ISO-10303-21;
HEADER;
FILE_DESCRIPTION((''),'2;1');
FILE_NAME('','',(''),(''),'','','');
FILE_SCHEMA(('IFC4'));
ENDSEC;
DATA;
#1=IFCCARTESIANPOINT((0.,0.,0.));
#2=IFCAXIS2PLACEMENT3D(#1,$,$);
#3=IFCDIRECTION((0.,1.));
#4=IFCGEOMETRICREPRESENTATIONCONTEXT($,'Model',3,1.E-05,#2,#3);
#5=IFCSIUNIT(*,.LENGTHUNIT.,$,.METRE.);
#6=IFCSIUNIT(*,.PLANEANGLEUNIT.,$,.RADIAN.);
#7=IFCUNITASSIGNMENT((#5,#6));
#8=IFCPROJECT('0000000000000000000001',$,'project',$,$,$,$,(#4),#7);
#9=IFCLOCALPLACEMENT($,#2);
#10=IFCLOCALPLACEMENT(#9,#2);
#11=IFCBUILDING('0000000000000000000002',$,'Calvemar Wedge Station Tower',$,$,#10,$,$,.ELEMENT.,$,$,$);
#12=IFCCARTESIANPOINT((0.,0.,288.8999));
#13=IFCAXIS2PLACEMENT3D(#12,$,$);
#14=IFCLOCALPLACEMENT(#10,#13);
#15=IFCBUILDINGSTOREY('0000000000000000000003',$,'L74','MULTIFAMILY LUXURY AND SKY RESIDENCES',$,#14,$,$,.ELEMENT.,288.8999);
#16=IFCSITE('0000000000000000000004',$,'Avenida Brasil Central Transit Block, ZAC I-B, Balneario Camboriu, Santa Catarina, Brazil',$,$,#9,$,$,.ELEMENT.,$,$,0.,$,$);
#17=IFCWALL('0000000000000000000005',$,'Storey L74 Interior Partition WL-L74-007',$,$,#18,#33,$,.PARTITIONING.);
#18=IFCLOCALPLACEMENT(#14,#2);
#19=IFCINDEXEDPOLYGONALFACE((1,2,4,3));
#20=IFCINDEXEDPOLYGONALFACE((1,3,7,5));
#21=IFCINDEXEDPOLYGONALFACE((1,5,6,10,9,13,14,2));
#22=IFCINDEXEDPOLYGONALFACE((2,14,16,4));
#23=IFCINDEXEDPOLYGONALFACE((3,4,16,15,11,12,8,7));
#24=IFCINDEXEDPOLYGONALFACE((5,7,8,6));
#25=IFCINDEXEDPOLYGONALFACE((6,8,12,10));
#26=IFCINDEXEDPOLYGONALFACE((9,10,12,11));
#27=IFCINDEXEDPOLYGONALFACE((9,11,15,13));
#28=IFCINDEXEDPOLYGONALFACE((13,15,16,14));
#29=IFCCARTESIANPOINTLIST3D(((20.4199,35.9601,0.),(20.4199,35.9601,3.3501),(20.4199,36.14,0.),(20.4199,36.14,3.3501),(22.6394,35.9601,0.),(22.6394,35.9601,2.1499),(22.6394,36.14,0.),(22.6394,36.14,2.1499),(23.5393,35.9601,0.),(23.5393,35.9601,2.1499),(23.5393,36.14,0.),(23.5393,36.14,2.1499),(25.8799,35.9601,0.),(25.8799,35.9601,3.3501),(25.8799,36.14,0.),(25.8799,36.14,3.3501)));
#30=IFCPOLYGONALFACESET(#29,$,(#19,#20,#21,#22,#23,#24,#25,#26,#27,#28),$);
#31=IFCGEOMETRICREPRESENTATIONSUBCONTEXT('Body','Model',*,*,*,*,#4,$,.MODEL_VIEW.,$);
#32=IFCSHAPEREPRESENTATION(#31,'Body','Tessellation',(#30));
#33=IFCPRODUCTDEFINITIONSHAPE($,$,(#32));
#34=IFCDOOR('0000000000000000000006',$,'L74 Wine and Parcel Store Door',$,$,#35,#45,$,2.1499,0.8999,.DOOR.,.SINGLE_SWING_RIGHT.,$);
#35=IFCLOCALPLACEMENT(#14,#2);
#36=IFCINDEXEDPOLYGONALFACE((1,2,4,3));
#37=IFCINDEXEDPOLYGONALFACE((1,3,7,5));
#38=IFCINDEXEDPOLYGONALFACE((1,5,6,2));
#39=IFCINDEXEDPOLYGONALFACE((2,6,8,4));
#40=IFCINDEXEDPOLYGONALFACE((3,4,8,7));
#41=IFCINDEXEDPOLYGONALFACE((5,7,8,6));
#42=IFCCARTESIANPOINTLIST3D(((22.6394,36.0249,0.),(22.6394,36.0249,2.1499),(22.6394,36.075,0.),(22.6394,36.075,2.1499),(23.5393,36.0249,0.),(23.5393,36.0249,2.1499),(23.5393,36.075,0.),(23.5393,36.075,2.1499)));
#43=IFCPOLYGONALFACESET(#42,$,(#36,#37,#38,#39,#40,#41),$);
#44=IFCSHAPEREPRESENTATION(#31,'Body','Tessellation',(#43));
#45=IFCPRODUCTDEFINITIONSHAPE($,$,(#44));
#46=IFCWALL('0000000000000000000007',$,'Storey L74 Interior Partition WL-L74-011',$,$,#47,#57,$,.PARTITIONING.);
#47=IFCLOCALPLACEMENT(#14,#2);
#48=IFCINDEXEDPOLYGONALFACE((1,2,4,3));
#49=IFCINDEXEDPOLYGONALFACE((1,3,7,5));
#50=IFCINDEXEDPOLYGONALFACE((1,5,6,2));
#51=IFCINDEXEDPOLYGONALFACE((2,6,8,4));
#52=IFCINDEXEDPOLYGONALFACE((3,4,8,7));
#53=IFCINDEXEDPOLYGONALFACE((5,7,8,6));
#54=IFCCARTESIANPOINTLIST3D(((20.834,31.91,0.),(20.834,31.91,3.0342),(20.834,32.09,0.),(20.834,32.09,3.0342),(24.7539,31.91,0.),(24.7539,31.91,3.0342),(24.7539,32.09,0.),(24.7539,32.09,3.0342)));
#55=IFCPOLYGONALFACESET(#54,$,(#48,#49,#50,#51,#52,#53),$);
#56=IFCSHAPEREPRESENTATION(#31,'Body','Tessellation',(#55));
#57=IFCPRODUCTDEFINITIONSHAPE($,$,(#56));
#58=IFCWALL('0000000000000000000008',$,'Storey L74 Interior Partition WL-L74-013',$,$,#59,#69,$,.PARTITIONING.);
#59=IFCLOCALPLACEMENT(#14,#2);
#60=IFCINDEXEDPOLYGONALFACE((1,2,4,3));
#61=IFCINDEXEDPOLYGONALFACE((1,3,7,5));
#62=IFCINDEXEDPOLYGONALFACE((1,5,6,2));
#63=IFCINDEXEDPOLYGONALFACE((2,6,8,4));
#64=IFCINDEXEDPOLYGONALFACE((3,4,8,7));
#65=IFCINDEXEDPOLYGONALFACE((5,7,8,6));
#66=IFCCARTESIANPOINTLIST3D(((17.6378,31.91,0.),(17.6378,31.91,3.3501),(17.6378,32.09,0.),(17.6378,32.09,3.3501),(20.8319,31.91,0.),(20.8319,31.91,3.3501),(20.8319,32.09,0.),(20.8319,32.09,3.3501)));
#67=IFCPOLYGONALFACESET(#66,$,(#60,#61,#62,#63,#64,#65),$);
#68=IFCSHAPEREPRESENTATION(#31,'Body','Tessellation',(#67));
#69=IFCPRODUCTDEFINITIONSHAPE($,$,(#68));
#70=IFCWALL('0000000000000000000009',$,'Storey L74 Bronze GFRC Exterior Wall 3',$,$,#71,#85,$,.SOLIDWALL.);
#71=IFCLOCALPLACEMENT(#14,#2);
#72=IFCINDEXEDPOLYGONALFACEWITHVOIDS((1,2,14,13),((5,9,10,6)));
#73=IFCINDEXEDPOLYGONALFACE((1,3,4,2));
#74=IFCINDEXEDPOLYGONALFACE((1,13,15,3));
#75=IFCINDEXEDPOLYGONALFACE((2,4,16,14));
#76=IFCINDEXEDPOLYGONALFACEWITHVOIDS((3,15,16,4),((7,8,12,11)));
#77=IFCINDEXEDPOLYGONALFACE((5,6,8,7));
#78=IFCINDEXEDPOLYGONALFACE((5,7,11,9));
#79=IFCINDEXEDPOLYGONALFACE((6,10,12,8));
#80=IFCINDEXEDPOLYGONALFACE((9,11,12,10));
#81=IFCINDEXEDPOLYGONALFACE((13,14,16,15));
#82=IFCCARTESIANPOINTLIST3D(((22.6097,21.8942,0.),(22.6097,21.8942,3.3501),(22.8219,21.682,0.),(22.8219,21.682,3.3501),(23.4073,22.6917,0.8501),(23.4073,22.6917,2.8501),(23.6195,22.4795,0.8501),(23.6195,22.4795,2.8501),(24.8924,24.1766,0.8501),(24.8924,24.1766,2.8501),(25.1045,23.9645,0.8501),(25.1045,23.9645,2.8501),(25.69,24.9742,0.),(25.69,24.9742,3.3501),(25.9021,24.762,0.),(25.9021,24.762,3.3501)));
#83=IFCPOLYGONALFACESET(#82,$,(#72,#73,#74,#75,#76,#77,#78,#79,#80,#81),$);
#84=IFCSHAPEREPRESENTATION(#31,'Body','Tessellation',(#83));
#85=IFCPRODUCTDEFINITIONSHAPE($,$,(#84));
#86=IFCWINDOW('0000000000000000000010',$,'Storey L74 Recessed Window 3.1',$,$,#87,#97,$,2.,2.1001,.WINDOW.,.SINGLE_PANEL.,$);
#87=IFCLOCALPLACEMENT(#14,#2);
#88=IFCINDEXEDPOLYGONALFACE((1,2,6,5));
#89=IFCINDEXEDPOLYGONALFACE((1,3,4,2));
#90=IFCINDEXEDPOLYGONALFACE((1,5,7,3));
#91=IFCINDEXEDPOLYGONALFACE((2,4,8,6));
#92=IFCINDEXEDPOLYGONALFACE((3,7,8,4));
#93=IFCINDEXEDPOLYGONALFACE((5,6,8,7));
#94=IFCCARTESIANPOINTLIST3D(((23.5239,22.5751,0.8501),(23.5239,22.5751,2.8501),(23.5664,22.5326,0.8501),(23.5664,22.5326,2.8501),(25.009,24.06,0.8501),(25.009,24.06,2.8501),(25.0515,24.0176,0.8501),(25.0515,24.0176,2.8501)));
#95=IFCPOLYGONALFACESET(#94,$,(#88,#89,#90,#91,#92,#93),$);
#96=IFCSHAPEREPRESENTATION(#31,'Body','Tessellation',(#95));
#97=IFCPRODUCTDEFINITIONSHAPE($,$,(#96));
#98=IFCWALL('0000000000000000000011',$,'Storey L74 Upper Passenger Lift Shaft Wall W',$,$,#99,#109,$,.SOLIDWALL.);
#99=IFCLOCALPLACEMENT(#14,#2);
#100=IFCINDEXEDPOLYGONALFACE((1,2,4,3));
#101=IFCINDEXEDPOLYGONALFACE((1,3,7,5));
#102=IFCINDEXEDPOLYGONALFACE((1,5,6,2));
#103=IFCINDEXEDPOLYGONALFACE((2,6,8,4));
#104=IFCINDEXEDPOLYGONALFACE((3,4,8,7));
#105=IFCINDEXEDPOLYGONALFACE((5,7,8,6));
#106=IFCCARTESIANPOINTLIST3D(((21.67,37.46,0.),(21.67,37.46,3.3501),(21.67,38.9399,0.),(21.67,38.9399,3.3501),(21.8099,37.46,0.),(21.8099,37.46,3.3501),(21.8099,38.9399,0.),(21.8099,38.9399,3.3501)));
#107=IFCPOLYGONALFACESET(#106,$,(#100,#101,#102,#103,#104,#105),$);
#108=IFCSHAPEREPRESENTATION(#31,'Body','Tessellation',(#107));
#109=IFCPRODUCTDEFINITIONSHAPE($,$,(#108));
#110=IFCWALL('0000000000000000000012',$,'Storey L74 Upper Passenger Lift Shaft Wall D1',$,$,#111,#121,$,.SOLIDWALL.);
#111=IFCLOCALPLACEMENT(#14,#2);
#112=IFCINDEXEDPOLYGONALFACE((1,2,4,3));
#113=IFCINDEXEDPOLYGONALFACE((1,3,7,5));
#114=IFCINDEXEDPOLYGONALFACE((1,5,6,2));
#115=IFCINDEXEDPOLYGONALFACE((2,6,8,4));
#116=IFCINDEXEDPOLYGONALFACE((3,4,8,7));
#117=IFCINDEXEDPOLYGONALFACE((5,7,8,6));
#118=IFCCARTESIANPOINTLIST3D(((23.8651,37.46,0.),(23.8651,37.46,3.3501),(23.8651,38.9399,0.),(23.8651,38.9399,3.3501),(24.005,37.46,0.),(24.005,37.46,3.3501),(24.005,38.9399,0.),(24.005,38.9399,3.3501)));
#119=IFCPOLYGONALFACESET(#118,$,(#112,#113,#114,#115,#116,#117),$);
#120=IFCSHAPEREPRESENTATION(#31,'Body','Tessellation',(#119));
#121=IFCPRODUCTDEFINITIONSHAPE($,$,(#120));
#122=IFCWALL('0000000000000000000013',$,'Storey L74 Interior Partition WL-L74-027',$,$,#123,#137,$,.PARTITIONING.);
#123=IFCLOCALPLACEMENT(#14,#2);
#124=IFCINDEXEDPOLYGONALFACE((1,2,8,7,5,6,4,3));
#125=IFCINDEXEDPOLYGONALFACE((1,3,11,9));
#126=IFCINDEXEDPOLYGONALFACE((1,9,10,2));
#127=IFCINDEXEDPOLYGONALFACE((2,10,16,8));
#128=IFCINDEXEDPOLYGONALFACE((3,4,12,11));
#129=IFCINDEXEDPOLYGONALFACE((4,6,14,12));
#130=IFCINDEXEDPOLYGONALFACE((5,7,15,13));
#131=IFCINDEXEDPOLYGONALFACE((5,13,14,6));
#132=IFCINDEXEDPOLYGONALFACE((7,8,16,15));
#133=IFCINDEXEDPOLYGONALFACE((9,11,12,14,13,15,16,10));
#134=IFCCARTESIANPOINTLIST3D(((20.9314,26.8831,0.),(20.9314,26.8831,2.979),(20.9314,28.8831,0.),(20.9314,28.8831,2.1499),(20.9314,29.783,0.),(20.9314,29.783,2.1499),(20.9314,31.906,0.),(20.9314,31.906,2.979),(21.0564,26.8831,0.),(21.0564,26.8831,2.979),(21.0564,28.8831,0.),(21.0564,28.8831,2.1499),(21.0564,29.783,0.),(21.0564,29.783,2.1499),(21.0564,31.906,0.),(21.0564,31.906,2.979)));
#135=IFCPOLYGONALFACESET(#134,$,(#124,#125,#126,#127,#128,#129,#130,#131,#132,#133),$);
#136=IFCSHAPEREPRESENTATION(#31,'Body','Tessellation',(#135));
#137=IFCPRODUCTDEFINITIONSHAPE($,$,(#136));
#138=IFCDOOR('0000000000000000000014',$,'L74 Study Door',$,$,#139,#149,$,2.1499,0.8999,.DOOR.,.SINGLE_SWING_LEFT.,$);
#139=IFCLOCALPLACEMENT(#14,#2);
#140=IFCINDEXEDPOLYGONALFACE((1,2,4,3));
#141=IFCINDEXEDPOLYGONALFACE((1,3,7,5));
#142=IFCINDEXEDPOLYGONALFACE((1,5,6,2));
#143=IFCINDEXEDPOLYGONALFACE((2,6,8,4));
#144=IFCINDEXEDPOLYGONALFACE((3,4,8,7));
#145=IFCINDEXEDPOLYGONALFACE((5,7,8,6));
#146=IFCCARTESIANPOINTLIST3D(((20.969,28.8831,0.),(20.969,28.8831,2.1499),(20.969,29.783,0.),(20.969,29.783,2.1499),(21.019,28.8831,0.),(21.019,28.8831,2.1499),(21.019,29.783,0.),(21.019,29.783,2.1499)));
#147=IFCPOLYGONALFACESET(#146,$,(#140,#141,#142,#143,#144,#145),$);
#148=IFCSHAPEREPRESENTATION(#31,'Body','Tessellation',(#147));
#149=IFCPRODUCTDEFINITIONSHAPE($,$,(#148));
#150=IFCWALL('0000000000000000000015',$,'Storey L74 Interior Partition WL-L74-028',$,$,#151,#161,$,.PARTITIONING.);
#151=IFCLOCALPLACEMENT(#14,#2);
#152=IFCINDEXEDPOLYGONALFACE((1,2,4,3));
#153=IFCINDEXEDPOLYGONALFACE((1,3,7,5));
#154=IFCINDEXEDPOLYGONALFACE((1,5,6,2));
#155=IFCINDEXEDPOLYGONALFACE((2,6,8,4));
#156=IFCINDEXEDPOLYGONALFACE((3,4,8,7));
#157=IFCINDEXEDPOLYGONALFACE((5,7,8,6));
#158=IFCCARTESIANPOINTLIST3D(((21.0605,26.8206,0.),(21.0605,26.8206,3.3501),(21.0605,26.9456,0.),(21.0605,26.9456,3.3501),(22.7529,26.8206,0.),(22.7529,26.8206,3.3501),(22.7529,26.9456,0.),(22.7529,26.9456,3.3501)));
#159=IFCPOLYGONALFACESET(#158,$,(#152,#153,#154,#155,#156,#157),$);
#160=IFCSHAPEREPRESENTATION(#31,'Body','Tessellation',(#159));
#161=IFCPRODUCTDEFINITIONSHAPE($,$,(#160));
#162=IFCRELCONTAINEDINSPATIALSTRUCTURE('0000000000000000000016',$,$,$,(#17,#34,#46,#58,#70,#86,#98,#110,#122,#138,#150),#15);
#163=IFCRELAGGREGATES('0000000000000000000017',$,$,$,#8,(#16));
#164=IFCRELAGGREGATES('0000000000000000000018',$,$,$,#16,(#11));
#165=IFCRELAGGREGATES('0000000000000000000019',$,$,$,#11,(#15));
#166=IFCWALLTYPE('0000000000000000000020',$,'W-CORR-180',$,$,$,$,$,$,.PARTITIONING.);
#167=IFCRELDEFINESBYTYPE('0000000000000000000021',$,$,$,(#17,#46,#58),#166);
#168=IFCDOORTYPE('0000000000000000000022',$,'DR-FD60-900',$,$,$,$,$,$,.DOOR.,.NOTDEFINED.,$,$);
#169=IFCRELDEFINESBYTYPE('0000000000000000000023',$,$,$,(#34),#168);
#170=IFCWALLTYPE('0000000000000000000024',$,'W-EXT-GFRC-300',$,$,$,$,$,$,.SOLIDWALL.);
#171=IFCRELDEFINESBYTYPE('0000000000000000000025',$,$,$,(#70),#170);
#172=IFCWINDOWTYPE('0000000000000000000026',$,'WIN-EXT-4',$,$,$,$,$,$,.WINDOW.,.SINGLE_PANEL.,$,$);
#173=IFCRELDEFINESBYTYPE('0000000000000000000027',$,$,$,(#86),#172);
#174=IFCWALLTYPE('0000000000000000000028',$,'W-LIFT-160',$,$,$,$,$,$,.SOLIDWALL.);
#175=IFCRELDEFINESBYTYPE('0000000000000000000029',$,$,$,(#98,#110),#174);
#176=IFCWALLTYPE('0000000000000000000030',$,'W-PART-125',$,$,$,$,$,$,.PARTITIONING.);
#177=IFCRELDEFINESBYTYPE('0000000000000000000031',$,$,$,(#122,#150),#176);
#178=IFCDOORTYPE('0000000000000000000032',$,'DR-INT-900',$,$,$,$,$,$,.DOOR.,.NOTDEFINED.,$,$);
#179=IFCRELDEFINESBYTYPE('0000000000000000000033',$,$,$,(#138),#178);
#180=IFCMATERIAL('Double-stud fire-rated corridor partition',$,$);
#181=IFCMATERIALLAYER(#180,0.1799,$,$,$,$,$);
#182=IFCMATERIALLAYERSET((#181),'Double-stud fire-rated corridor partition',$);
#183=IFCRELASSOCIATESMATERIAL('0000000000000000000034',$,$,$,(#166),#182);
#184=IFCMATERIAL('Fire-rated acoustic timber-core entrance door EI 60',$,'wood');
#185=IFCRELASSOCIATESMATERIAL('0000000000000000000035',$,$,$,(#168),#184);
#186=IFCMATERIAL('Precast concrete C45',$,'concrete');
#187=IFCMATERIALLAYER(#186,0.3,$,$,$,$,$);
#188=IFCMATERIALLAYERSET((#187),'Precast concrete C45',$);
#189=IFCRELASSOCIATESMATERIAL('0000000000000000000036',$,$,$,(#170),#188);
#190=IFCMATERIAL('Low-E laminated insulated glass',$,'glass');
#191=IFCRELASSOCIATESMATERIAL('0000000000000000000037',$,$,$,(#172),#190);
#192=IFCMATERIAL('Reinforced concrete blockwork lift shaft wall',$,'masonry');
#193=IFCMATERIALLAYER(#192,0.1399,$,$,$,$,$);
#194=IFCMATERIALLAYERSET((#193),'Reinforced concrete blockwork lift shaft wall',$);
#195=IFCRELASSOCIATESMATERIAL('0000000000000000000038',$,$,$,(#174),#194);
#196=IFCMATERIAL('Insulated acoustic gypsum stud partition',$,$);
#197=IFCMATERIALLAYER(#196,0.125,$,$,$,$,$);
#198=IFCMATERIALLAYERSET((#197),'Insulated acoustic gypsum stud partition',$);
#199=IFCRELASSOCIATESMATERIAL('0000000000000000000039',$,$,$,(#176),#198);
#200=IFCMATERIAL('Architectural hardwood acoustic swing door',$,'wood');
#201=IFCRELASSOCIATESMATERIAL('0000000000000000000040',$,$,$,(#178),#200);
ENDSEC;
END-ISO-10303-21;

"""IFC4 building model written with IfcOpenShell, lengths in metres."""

from ifc_helpers import new_model, si_unit, direction, frame, frame_2d, origin, place, context, subcontext, project, spatial, rectangle, extrude, source, transform, mapped, material, layer, layer_set, type_object, element, fill, save


model = new_model("IFC4")

# Units and contexts
model_context = context("Model", 3, precision=1e-05, world=origin(), true_north=direction((0.0, 1.0)))
body_context = subcontext(model_context, "Body", "Model", "MODEL_VIEW")
ifc_project = project(units=[si_unit("LENGTHUNIT", "METRE"), si_unit("PLANEANGLEUNIT", "RADIAN")], contexts=[model_context])

# Site, building, storey
site_placement = place(None, origin())
site = spatial("IfcSite", under=ifc_project, at=site_placement, Name="Avenida Brasil Central Transit Block, ZAC I-B, Balneario Camboriu, Santa Catarina, Brazil", CompositionType="ELEMENT", RefElevation=0.0)
building_placement = place(site_placement, origin())
building = spatial("IfcBuilding", under=site, at=building_placement, Name="Calvemar Wedge Station Tower", CompositionType="ELEMENT")
storey_placement = place(building_placement, frame((0.0, 0.0, 288.8999)))
storey = spatial("IfcBuildingStorey", under=building, at=storey_placement, Name="L74", Description="MULTIFAMILY LUXURY AND SKY RESIDENCES", CompositionType="ELEMENT", Elevation=288.8999)

# Shared definitions
ifc_material_1 = material(Name="Double-stud fire-rated corridor partition")
ifc_layer_1 = layer(ifc_material_1, 0.1799)
ifc_layer_set_1 = layer_set([ifc_layer_1], Name="Double-stud fire-rated corridor partition")
wall_type_1 = type_object("IfcWallType", Name="W-CORR-180", PredefinedType="PARTITIONING", material=ifc_layer_set_1)

# Wall, opening, door
wall_1_placement = place(storey_placement, frame((20.4199, 36.05, 0.0), z_axis=(0.0, 0.0, 1.0), x_axis=(1.0, 0.0, 0.0)))
wall_1 = element("IfcWall", 1, at=wall_1_placement, inside=storey, type_object=wall_type_1, Name="Storey L74 Interior Partition WL-L74-007", PredefinedType="PARTITIONING", context=body_context, shape_type="SweptSolid", body=[
    extrude(rectangle(XDim=5.46, YDim=0.1799, at=frame_2d((2.73, 0.0))), origin(), (0.0, 0.0, 1.0), 3.3501),
])
shared_shape_1 = source(origin(), body_context, "Body", "SweptSolid", [
    extrude(rectangle(XDim=0.8999, YDim=2.1499, at=frame_2d((0.45, 1.075))), frame((0.0, 0.1001, 0.0), z_axis=(0.0, -1.0, 0.0), x_axis=(1.0, 0.0, 0.0)), (0.0, 0.0, 1.0), 0.2),
])
opening_1_placement = place(wall_1_placement, frame((2.2195, 0.0, 0.0)))
opening_1 = element("IfcOpeningElement", 2, at=opening_1_placement, cuts=wall_1, PredefinedType="OPENING", context=body_context, shape_type="MappedRepresentation", body=[
    mapped(shared_shape_1, transform((0.0, 0.0, 0.0), scale=1.0)),
])
ifc_material_2 = material(Name="Fire-rated acoustic timber-core entrance door EI 60", Category="wood")
door_type_1 = type_object("IfcDoorType", Name="DR-FD60-900", OperationType="NOTDEFINED", PredefinedType="DOOR", material=ifc_material_2)
shared_shape_2 = source(origin(), body_context, "Body", "SweptSolid", [
    extrude(rectangle(XDim=0.8999, YDim=2.1499, at=frame_2d((0.45, 1.075))), frame((0.0, 0.0249, 0.0), z_axis=(0.0, -1.0, 0.0), x_axis=(1.0, 0.0, 0.0)), (0.0, 0.0, 1.0), 0.05),
])
door_1_placement = place(opening_1_placement, origin())
door_1 = element("IfcDoor", 3, at=door_1_placement, inside=storey, type_object=door_type_1, Name="L74 Wine and Parcel Store Door", OperationType="SINGLE_SWING_RIGHT", OverallHeight=2.1499, OverallWidth=0.8999, PredefinedType="DOOR", context=body_context, shape_type="MappedRepresentation", body=[
    mapped(shared_shape_2, transform((0.0, 0.0, 0.0), scale=1.0)),
])
fill(opening_1, door_1)

# Walls
wall_2_placement = place(storey_placement, frame((24.7539, 32.0, 0.0), z_axis=(0.0, 0.0, 1.0), x_axis=(-1.0, 0.0, 0.0)))
element("IfcWall", 4, at=wall_2_placement, inside=storey, type_object=wall_type_1, Name="Storey L74 Interior Partition WL-L74-011", PredefinedType="PARTITIONING", context=body_context, shape_type="SweptSolid", body=[
    extrude(rectangle(XDim=3.9199, YDim=0.1799, at=frame_2d((1.96, 0.0))), origin(), (0.0, 0.0, 1.0), 3.0342),
])
wall_3_placement = place(storey_placement, frame((20.832, 32.0, 0.0), z_axis=(0.0, 0.0, 1.0), x_axis=(-1.0, 0.0, 0.0)))
element("IfcWall", 5, at=wall_3_placement, inside=storey, type_object=wall_type_1, Name="Storey L74 Interior Partition WL-L74-013", PredefinedType="PARTITIONING", context=body_context, shape_type="SweptSolid", body=[
    extrude(rectangle(XDim=3.1941, YDim=0.1799, at=frame_2d((1.5972, 0.0))), origin(), (0.0, 0.0, 1.0), 3.3501),
])

# Wall, opening, window
ifc_material_3 = material(Name="Precast concrete C45", Category="concrete")
ifc_layer_2 = layer(ifc_material_3, 0.3)
ifc_layer_set_2 = layer_set([ifc_layer_2], Name="Precast concrete C45")
wall_type_2 = type_object("IfcWallType", Name="W-EXT-GFRC-300", PredefinedType="SOLIDWALL", material=ifc_layer_set_2)
wall_4_placement = place(storey_placement, frame((22.7158, 21.7881, 0.0), z_axis=(0.0, 0.0, 1.0), x_axis=(0.707135, 0.707079, 0.0)))
wall_4 = element("IfcWall", 6, at=wall_4_placement, inside=storey, type_object=wall_type_2, Name="Storey L74 Bronze GFRC Exterior Wall 3", PredefinedType="SOLIDWALL", context=body_context, shape_type="SweptSolid", body=[
    extrude(rectangle(XDim=4.356, YDim=0.3, at=frame_2d((2.178, 0.0))), origin(), (0.0, 0.0, 1.0), 3.3501),
])
shared_shape_3 = source(origin(), body_context, "Body", "SweptSolid", [
    extrude(rectangle(XDim=2.1001, YDim=2.0, at=frame_2d((1.05, 1.0))), frame((0.0, 0.1602, 0.0), z_axis=(0.0, -1.0, 0.0), x_axis=(1.0, 0.0, 0.0)), (0.0, 0.0, 1.0), 0.3201),
])
opening_2_placement = place(wall_4_placement, frame((1.1279, 0.0, 0.8501)))
opening_2 = element("IfcOpeningElement", 7, at=opening_2_placement, cuts=wall_4, PredefinedType="OPENING", context=body_context, shape_type="MappedRepresentation", body=[
    mapped(shared_shape_3, transform((0.0, 0.0, 0.0), scale=1.0)),
])
ifc_material_4 = material(Name="Low-E laminated insulated glass", Category="glass")
window_type = type_object("IfcWindowType", Name="WIN-EXT-4", PartitioningType="SINGLE_PANEL", PredefinedType="WINDOW", material=ifc_material_4)
shared_shape_4 = source(origin(), body_context, "Body", "SweptSolid", [
    extrude(rectangle(XDim=2.1001, YDim=2.0, at=frame_2d((1.05, 1.0))), frame((0.0, -0.0149, 0.0), z_axis=(0.0, -1.0, 0.0), x_axis=(1.0, 0.0, 0.0)), (0.0, 0.0, 1.0), 0.0601),
])
window_placement = place(opening_2_placement, origin())
window = element("IfcWindow", 8, at=window_placement, inside=storey, type_object=window_type, Name="Storey L74 Recessed Window 3.1", OverallHeight=2.0, OverallWidth=2.1001, PartitioningType="SINGLE_PANEL", PredefinedType="WINDOW", context=body_context, shape_type="MappedRepresentation", body=[
    mapped(shared_shape_4, transform((0.0, 0.0, 0.0), scale=1.0)),
])
fill(opening_2, window)

# Shared definitions
ifc_material_5 = material(Name="Reinforced concrete blockwork lift shaft wall", Category="masonry")
ifc_layer_3 = layer(ifc_material_5, 0.1399)
ifc_layer_set_3 = layer_set([ifc_layer_3], Name="Reinforced concrete blockwork lift shaft wall")
wall_type_3 = type_object("IfcWallType", Name="W-LIFT-160", PredefinedType="SOLIDWALL", material=ifc_layer_set_3)

# Walls
for number, where, z_axis, x_axis, name in (
    (9, (21.74, 37.46, 0.0), (0.0, 0.0, 1.0), (0.0, 1.0, 0.0), "Storey L74 Upper Passenger Lift Shaft Wall W"),
    (10, (23.9351, 37.46, 0.0), (0.0, 0.0, 1.0), (0.0, 1.0, 0.0), "Storey L74 Upper Passenger Lift Shaft Wall D1"),
):
    element("IfcWall", number, at=place(storey_placement, frame(where, z_axis=z_axis, x_axis=x_axis)), inside=storey, type_object=wall_type_3, Name=name, PredefinedType="SOLIDWALL", context=body_context, shape_type="SweptSolid", body=[
        extrude(rectangle(XDim=1.48, YDim=0.1399, at=frame_2d((0.74, 0.0))), origin(), (0.0, 0.0, 1.0), 3.3501),
    ])

# Wall, opening, door
ifc_material_6 = material(Name="Insulated acoustic gypsum stud partition")
ifc_layer_4 = layer(ifc_material_6, 0.125)
ifc_layer_set_4 = layer_set([ifc_layer_4], Name="Insulated acoustic gypsum stud partition")
wall_type_4 = type_object("IfcWallType", Name="W-PART-125", PredefinedType="PARTITIONING", material=ifc_layer_set_4)
wall_5_placement = place(storey_placement, frame((20.9939, 26.8831, 0.0), z_axis=(0.0, 0.0, 1.0), x_axis=(0.0, 1.0, 0.0)))
wall_5 = element("IfcWall", 11, at=wall_5_placement, inside=storey, type_object=wall_type_4, Name="Storey L74 Interior Partition WL-L74-027", PredefinedType="PARTITIONING", context=body_context, shape_type="SweptSolid", body=[
    extrude(rectangle(XDim=5.0229, YDim=0.125, at=frame_2d((2.5115, 0.0))), origin(), (0.0, 0.0, 1.0), 2.979),
])
shared_shape_5 = source(origin(), body_context, "Body", "SweptSolid", [
    extrude(rectangle(XDim=0.8999, YDim=2.1499, at=frame_2d((0.45, 1.075))), frame((0.0, 0.0725, 0.0), z_axis=(0.0, -1.0, 0.0), x_axis=(1.0, 0.0, 0.0)), (0.0, 0.0, 1.0), 0.145),
])
opening_3_placement = place(wall_5_placement, frame((2.0, 0.0, 0.0)))
opening_3 = element("IfcOpeningElement", 12, at=opening_3_placement, cuts=wall_5, PredefinedType="OPENING", context=body_context, shape_type="MappedRepresentation", body=[
    mapped(shared_shape_5, transform((0.0, 0.0, 0.0), scale=1.0)),
])
ifc_material_7 = material(Name="Architectural hardwood acoustic swing door", Category="wood")
door_type_2 = type_object("IfcDoorType", Name="DR-INT-900", OperationType="NOTDEFINED", PredefinedType="DOOR", material=ifc_material_7)
shared_shape_6 = source(origin(), body_context, "Body", "SweptSolid", [
    extrude(rectangle(XDim=0.8999, YDim=2.1499, at=frame_2d((0.45, 1.075))), frame((0.0, 0.0249, 0.0), z_axis=(0.0, -1.0, 0.0), x_axis=(1.0, 0.0, 0.0)), (0.0, 0.0, 1.0), 0.05),
])
door_2_placement = place(opening_3_placement, origin())
door_2 = element("IfcDoor", 13, at=door_2_placement, inside=storey, type_object=door_type_2, Name="L74 Study Door", OperationType="SINGLE_SWING_LEFT", OverallHeight=2.1499, OverallWidth=0.8999, PredefinedType="DOOR", context=body_context, shape_type="MappedRepresentation", body=[
    mapped(shared_shape_6, transform((0.0, 0.0, 0.0), scale=1.0)),
])
fill(opening_3, door_2)

# Wall
wall_6_placement = place(storey_placement, frame((22.7529, 26.8831, 0.0), z_axis=(0.0, 0.0, 1.0), x_axis=(-1.0, 0.0, 0.0)))
element("IfcWall", 14, at=wall_6_placement, inside=storey, type_object=wall_type_4, Name="Storey L74 Interior Partition WL-L74-028", PredefinedType="PARTITIONING", context=body_context, shape_type="SweptSolid", body=[
    extrude(rectangle(XDim=1.6924, YDim=0.125, at=frame_2d((0.8462, 0.0))), origin(), (0.0, 0.0, 1.0), 3.3501),
])

save(model, "model.ifc")
